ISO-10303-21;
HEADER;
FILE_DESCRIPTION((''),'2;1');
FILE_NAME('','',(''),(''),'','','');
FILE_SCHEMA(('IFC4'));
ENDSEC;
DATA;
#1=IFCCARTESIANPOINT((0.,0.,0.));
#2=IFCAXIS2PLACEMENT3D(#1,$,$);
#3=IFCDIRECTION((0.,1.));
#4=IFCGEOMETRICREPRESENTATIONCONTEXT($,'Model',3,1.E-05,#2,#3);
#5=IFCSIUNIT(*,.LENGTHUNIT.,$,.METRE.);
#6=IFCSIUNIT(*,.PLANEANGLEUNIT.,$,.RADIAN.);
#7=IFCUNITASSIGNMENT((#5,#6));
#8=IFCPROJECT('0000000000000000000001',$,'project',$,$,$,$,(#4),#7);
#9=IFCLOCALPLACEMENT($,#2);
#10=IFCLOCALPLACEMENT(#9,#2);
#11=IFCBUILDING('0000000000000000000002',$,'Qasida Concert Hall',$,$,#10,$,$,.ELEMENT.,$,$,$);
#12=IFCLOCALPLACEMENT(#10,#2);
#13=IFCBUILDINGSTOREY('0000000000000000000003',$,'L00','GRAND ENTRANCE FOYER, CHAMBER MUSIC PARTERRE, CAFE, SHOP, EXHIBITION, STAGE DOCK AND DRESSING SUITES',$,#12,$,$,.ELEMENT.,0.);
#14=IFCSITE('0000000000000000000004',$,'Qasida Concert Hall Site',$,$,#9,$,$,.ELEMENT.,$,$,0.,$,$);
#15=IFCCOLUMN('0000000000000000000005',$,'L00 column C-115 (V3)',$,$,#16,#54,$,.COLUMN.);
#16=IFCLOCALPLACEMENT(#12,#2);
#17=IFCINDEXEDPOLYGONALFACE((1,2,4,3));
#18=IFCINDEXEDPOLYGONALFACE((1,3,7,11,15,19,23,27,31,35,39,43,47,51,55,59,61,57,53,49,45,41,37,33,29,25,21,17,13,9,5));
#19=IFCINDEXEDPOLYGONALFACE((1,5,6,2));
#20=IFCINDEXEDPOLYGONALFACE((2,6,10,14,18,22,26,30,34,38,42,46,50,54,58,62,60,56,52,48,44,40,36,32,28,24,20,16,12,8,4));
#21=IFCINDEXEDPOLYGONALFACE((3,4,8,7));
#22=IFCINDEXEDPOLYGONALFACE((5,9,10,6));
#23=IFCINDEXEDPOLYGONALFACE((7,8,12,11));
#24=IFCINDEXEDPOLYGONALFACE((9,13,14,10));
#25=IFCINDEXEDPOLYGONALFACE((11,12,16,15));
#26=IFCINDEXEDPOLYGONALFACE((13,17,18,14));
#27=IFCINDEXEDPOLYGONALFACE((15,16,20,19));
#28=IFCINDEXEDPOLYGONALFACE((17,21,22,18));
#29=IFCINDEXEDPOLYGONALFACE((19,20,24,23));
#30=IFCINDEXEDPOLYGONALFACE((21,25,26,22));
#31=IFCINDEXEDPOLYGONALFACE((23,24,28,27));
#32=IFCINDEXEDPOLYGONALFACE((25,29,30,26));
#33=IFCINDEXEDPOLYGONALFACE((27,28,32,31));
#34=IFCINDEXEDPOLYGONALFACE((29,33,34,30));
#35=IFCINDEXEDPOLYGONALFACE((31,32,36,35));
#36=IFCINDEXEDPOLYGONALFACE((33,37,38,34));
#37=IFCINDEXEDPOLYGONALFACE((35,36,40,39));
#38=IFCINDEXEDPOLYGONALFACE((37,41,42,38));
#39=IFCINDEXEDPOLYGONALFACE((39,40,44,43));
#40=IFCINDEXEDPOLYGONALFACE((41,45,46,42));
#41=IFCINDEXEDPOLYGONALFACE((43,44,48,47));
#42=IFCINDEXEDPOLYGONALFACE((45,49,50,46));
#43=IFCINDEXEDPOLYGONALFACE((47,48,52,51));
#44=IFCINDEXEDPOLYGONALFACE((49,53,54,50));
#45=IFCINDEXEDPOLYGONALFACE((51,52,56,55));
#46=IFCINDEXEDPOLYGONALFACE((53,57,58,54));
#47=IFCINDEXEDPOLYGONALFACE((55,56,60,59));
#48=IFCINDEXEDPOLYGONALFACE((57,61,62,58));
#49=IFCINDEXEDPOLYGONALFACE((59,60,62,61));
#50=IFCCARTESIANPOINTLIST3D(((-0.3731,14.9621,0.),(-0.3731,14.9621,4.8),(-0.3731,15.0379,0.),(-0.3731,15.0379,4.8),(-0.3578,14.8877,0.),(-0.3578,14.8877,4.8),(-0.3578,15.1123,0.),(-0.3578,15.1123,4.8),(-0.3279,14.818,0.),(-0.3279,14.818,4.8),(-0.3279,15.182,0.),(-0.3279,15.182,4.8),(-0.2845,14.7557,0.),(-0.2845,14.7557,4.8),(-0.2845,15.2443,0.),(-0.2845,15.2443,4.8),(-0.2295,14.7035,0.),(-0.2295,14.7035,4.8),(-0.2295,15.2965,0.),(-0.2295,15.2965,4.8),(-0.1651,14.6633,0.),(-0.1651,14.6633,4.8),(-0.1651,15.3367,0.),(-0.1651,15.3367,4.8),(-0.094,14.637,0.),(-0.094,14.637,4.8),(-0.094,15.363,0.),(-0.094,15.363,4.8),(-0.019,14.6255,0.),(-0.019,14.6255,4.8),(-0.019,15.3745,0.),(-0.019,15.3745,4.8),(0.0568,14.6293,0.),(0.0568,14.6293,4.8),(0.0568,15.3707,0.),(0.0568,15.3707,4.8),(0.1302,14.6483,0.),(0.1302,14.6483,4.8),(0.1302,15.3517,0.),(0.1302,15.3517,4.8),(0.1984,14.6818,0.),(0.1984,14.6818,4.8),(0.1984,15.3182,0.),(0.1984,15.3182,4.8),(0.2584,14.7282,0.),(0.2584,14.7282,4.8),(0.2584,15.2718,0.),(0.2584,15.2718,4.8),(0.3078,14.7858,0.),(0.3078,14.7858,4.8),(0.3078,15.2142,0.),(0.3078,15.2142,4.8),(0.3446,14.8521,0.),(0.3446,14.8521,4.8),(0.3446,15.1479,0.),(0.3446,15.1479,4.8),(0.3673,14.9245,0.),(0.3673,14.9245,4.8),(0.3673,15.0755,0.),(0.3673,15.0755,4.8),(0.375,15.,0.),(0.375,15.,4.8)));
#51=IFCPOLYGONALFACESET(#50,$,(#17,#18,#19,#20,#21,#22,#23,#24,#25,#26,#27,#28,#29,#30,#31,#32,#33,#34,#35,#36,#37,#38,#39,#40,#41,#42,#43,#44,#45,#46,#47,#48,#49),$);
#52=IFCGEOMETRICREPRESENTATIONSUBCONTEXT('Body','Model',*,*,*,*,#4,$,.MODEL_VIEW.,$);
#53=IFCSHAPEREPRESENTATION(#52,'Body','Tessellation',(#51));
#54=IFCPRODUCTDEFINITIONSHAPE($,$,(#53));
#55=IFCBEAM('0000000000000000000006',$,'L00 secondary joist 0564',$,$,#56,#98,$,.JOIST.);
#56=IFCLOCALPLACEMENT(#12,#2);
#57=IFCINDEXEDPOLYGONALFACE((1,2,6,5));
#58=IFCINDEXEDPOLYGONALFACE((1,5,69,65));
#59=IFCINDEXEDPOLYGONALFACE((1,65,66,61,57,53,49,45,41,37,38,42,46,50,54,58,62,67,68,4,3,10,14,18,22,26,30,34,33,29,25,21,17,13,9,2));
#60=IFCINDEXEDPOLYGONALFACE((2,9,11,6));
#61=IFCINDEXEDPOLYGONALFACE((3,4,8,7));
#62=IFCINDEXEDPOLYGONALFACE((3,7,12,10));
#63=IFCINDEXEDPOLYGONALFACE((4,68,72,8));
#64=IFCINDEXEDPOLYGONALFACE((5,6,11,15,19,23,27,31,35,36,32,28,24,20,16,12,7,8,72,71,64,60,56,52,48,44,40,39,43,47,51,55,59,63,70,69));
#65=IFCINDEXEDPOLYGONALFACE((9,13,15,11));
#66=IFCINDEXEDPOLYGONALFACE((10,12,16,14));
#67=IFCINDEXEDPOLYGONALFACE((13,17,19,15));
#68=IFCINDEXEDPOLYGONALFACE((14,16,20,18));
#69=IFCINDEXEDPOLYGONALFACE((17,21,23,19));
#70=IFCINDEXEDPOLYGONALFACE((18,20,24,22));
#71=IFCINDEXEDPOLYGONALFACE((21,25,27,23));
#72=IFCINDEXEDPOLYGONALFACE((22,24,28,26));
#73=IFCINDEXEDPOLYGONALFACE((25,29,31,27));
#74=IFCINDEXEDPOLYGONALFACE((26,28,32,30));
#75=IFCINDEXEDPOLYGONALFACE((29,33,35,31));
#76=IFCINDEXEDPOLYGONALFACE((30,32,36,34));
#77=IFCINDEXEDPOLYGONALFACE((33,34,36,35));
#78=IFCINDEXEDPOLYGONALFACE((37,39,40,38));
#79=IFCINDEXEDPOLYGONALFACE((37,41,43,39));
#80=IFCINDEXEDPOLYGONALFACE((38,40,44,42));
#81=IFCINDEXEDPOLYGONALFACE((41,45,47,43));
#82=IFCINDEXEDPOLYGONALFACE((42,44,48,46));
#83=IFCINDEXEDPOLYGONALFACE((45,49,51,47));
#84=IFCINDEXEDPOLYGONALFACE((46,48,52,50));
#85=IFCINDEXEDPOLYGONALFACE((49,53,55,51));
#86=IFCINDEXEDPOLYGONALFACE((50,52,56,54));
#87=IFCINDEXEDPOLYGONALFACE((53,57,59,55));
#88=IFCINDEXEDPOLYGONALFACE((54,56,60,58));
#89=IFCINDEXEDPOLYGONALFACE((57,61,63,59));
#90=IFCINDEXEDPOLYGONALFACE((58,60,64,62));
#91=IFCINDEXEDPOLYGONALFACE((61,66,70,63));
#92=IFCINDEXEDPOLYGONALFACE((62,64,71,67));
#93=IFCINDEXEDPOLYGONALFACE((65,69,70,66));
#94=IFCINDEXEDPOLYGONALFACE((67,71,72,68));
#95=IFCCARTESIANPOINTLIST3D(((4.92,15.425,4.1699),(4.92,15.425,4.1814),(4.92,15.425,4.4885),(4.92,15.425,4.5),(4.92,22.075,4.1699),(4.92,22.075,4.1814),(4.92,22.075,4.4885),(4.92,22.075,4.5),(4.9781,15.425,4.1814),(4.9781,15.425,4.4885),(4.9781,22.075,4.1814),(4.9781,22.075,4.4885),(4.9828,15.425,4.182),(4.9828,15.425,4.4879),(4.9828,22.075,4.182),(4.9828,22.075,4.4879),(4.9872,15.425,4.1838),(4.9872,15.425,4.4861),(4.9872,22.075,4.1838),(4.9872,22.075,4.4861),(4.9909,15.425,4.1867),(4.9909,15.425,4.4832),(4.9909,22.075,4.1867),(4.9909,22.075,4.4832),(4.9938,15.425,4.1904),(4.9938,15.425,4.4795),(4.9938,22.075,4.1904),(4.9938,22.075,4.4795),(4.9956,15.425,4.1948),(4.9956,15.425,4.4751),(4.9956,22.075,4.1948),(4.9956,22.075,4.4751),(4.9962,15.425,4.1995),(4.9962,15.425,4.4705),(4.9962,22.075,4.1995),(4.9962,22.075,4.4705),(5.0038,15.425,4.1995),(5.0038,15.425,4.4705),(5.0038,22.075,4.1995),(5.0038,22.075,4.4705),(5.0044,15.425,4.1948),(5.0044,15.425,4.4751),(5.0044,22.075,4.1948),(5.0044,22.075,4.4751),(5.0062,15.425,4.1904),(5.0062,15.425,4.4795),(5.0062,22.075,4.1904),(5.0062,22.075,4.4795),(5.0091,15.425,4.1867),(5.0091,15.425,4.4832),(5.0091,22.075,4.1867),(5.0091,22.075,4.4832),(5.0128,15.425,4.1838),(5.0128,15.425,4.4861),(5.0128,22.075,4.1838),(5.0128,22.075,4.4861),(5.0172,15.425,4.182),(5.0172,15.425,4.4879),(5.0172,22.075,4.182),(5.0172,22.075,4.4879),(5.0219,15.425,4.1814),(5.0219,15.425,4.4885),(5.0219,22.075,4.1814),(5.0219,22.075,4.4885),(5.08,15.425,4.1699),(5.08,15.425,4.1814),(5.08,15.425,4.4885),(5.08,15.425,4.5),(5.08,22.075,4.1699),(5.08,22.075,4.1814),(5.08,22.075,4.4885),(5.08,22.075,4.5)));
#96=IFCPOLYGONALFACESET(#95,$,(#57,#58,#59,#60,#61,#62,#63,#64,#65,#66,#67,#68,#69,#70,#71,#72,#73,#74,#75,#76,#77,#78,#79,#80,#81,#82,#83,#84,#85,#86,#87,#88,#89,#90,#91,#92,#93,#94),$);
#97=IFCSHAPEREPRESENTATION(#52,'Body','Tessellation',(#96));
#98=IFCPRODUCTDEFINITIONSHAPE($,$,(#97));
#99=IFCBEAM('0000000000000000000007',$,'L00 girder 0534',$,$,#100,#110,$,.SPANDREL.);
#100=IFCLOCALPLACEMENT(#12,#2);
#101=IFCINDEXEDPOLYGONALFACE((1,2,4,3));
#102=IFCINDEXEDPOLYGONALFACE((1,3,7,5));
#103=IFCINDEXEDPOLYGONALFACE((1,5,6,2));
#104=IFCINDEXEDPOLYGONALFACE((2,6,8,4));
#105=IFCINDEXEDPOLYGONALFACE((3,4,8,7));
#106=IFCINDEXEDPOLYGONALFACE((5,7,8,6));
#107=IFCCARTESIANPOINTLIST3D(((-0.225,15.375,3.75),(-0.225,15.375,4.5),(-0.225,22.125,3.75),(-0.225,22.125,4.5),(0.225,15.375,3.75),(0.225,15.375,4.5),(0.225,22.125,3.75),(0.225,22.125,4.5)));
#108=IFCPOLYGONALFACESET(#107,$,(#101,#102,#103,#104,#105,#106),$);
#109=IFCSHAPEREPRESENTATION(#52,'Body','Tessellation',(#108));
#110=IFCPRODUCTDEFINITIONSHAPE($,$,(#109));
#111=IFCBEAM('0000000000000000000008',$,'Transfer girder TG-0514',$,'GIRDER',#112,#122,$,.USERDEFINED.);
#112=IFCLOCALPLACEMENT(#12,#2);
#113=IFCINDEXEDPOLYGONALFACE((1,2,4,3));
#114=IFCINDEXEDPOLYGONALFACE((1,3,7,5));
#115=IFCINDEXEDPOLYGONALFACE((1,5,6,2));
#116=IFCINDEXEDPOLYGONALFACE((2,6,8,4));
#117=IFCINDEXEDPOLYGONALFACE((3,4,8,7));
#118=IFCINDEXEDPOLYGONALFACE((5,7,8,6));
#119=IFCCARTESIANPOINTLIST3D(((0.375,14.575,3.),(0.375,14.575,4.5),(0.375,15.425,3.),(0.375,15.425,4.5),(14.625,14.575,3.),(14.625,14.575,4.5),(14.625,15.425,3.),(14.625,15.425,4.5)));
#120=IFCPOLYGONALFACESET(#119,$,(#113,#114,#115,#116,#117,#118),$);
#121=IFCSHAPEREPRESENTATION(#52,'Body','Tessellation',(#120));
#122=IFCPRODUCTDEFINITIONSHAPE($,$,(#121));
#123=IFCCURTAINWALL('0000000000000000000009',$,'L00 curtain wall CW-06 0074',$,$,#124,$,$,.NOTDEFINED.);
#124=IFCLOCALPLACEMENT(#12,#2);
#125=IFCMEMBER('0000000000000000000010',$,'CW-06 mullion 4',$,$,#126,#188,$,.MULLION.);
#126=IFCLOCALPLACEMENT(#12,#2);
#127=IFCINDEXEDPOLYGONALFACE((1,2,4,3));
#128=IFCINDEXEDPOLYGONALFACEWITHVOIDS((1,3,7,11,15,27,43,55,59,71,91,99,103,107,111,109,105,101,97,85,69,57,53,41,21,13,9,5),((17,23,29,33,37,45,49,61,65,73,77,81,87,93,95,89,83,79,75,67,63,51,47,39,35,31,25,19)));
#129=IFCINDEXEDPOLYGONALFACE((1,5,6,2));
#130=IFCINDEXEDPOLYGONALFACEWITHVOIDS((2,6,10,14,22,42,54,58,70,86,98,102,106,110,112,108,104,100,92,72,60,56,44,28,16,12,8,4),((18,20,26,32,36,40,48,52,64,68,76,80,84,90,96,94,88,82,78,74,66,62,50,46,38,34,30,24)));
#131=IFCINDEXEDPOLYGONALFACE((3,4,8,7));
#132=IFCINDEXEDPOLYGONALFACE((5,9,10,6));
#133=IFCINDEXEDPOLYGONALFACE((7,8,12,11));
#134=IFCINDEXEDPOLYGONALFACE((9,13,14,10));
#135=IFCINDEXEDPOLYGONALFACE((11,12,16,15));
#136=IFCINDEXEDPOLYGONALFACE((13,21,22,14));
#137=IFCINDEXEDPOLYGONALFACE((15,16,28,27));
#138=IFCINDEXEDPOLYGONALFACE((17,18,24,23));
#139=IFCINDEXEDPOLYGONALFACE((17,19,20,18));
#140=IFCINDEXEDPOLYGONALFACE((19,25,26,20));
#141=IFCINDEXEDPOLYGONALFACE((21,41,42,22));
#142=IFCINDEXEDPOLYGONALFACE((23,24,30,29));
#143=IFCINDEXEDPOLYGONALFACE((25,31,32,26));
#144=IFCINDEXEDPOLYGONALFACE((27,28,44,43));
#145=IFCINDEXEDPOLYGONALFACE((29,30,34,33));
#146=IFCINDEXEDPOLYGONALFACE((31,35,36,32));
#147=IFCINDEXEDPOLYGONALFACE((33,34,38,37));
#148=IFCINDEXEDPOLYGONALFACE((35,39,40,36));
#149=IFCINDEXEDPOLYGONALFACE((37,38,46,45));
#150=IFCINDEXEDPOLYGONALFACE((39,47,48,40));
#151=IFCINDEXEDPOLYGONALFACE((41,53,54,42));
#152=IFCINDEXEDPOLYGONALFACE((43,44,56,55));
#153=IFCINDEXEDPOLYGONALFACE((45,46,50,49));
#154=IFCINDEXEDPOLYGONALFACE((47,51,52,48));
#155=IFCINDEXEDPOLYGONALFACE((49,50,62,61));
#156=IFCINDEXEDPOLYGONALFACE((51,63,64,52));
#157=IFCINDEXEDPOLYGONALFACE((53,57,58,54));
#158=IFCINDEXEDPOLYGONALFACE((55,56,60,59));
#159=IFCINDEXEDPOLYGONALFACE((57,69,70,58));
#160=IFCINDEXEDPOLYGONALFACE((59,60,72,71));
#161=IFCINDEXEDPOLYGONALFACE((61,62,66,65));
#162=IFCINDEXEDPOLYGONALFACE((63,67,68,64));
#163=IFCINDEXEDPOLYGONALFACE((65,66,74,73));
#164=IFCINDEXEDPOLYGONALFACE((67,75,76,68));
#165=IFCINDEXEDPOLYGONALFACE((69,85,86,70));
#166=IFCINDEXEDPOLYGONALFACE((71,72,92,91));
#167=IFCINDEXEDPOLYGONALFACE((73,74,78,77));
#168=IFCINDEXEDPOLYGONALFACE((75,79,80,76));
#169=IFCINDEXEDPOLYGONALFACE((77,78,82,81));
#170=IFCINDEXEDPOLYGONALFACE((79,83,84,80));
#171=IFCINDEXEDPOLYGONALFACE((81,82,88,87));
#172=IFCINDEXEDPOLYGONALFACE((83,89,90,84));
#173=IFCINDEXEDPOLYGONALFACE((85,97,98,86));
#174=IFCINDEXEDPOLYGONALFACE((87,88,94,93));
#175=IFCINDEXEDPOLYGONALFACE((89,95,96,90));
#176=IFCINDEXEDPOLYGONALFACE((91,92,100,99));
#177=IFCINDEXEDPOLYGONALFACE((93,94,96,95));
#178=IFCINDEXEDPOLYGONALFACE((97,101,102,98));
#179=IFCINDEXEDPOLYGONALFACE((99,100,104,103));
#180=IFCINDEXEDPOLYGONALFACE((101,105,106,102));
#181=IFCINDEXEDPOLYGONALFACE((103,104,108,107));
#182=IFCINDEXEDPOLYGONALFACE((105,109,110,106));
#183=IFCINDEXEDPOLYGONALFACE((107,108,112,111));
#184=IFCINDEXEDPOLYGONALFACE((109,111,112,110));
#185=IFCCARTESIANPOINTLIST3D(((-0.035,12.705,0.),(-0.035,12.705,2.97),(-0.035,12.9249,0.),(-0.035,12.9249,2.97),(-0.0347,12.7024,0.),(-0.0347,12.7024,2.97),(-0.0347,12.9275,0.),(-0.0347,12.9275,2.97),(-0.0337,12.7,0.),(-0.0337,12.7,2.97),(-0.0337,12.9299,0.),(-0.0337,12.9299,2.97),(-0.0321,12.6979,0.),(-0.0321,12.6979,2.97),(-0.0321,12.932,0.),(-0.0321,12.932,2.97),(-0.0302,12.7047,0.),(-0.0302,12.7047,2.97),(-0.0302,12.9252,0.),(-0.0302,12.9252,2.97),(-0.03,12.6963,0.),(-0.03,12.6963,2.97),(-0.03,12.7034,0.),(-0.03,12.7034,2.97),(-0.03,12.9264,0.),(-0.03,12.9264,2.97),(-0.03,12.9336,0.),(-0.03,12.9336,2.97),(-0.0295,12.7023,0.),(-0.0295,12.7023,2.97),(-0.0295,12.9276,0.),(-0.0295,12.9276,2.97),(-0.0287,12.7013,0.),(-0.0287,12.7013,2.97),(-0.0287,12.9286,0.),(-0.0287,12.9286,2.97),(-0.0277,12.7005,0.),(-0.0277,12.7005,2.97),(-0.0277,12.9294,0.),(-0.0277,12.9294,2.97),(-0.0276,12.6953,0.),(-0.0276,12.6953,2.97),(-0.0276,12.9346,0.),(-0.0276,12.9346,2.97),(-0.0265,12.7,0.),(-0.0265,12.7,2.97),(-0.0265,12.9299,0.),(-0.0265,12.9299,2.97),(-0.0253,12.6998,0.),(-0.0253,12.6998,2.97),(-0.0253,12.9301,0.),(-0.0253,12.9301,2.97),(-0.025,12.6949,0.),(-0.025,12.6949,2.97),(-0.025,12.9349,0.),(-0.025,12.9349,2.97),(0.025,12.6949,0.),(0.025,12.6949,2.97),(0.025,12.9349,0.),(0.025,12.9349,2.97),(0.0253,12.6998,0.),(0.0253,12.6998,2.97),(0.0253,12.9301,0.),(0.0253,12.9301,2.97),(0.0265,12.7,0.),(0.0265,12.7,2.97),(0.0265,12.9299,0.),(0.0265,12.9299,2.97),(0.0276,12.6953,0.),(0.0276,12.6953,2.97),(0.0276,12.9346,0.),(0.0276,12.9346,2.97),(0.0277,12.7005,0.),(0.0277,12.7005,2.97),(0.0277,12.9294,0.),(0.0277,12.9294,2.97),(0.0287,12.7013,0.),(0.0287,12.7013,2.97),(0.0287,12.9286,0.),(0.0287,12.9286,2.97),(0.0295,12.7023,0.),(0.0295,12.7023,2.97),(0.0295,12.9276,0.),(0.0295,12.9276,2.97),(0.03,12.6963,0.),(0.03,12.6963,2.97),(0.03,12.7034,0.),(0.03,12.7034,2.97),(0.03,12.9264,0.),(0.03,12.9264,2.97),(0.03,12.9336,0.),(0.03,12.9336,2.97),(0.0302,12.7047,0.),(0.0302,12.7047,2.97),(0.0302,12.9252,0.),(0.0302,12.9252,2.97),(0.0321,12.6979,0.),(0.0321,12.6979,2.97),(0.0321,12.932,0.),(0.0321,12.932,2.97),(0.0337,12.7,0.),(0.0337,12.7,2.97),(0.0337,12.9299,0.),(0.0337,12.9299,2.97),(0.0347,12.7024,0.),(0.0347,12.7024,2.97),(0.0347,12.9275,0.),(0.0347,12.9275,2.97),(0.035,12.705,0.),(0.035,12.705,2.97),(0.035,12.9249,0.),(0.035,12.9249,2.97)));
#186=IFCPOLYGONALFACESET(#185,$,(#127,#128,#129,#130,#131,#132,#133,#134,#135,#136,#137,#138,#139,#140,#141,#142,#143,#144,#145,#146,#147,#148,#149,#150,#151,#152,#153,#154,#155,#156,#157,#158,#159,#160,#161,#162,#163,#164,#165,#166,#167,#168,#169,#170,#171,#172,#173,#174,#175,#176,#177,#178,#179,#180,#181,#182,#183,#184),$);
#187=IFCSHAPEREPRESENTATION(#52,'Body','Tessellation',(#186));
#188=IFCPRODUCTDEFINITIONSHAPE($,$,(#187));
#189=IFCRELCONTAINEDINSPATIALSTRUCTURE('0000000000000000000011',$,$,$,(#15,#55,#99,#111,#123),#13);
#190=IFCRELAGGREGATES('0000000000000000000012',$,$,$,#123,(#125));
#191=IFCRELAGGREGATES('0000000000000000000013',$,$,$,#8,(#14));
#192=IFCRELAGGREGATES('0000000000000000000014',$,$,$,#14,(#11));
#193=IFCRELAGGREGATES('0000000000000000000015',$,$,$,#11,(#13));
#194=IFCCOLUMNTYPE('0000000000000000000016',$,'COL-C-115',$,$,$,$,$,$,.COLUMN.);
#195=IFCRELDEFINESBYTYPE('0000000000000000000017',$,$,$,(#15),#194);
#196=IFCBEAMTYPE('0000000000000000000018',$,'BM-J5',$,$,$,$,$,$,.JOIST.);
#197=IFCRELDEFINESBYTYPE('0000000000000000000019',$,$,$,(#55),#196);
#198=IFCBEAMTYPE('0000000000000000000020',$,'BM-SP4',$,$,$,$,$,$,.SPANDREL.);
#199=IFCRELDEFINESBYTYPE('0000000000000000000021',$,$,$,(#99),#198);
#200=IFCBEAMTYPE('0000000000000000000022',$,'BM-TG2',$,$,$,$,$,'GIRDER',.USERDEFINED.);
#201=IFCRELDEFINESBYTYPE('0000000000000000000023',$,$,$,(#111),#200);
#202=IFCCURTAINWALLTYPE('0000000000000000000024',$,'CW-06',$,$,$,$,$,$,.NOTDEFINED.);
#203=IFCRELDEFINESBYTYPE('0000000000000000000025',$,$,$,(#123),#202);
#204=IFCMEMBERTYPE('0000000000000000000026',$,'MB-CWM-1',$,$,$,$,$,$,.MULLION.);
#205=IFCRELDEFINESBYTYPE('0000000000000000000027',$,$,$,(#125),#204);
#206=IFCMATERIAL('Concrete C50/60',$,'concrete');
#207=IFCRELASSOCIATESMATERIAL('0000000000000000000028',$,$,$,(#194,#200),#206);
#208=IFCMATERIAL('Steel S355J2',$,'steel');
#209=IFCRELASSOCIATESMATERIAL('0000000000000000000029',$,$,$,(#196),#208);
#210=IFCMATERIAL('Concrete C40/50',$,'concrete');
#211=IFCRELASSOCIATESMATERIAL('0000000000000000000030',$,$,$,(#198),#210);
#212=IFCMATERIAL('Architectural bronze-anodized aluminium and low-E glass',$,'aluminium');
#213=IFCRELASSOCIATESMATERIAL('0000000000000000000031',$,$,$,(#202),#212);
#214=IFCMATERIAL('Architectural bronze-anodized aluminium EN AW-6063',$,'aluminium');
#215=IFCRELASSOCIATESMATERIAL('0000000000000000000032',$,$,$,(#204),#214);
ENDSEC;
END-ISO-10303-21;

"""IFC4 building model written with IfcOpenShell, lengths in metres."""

from ifc_helpers import new_model, si_unit, direction, frame, origin, origin_2d, place, context, subcontext, project, spatial, rectangle, hollow_rectangle, circle, i_section, extrude, material, material_profile, profile_set, type_object, element, aggregate, save


model = new_model("IFC4")

# Units and contexts
model_context = context("Model", 3, precision=1e-05, world=origin(), true_north=direction((0.0, 1.0)))
body_context = subcontext(model_context, "Body", "Model", "MODEL_VIEW")
ifc_project = project(units=[si_unit("LENGTHUNIT", "METRE"), si_unit("PLANEANGLEUNIT", "RADIAN")], contexts=[model_context])

# Site, building, storey
site_placement = place(None, origin())
site = spatial("IfcSite", under=ifc_project, at=site_placement, Name="Qasida Concert Hall Site", CompositionType="ELEMENT", RefElevation=0.0)
building_placement = place(site_placement, origin())
building = spatial("IfcBuilding", under=site, at=building_placement, Name="Qasida Concert Hall", CompositionType="ELEMENT")
storey_placement = place(building_placement, origin())
storey = spatial("IfcBuildingStorey", under=building, at=storey_placement, Name="L00", Description="GRAND ENTRANCE FOYER, CHAMBER MUSIC PARTERRE, CAFE, SHOP, EXHIBITION, STAGE DOCK AND DRESSING SUITES", CompositionType="ELEMENT", Elevation=0.0)

# Column
ifc_material_1 = material(Name="Concrete C50/60", Category="concrete")
ifc_material_profile_1 = material_profile(ifc_material_1, circle(Radius=0.375, at=origin_2d()), Name="RC COL D750")
ifc_profile_set_1 = profile_set([ifc_material_profile_1], Name="Concrete C50/60")
column_type = type_object("IfcColumnType", Name="COL-C-115", PredefinedType="COLUMN", material=ifc_profile_set_1)
column_placement = place(storey_placement, frame((0.0, 15.0, 0.0), z_axis=(0.0, 0.0, 1.0), x_axis=(1.0, 0.0, 0.0)))
element("IfcColumn", 1, at=column_placement, inside=storey, type_object=column_type, Name="L00 column C-115 (V3)", PredefinedType="COLUMN", context=body_context, shape_type="SweptSolid", body=[
    extrude(circle(Radius=0.375, at=origin_2d()), origin(), (0.0, 0.0, 1.0), 4.8),
])

# Beams
ifc_material_2 = material(Name="Steel S355J2", Category="steel")
ifc_material_profile_2 = material_profile(ifc_material_2, i_section(OverallWidth=0.1599, OverallDepth=0.3301, WebThickness=0.0076, FlangeThickness=0.0115, FilletRadius=0.0181, at=origin_2d()), Name="IPE 330")
ifc_profile_set_2 = profile_set([ifc_material_profile_2], Name="Steel S355J2")
beam_type_1 = type_object("IfcBeamType", Name="BM-J5", PredefinedType="JOIST", material=ifc_profile_set_2)
beam_1_placement = place(storey_placement, frame((5.0, 15.425, 4.335), z_axis=(0.0, 1.0, 0.0), x_axis=(-1.0, 0.0, 0.0)))
element("IfcBeam", 2, at=beam_1_placement, inside=storey, type_object=beam_type_1, Name="L00 secondary joist 0564", PredefinedType="JOIST", context=body_context, shape_type="SweptSolid", body=[
    extrude(i_section(OverallWidth=0.1599, OverallDepth=0.3301, WebThickness=0.0076, FlangeThickness=0.0115, FilletRadius=0.0181, at=origin_2d()), origin(), (0.0, 0.0, 1.0), 6.6499),
])
ifc_material_3 = material(Name="Concrete C40/50", Category="concrete")
ifc_material_profile_3 = material_profile(ifc_material_3, rectangle(XDim=0.45, YDim=0.75, at=origin_2d()), Name="RC 450x750")
ifc_profile_set_3 = profile_set([ifc_material_profile_3], Name="Concrete C40/50")
beam_type_2 = type_object("IfcBeamType", Name="BM-SP4", PredefinedType="SPANDREL", material=ifc_profile_set_3)
beam_2_placement = place(storey_placement, frame((0.0, 15.375, 4.125), z_axis=(0.0, 1.0, 0.0), x_axis=(-1.0, 0.0, 0.0)))
element("IfcBeam", 3, at=beam_2_placement, inside=storey, type_object=beam_type_2, Name="L00 girder 0534", PredefinedType="SPANDREL", context=body_context, shape_type="SweptSolid", body=[
    extrude(rectangle(XDim=0.45, YDim=0.75, at=origin_2d()), origin(), (0.0, 0.0, 1.0), 6.75),
])
ifc_material_profile_4 = material_profile(ifc_material_1, rectangle(XDim=0.8501, YDim=1.5, at=origin_2d()), Name="RC 850x1500")
ifc_profile_set_4 = profile_set([ifc_material_profile_4], Name="Concrete C50/60")
beam_type_3 = type_object("IfcBeamType", Name="BM-TG2", ElementType="GIRDER", PredefinedType="USERDEFINED", material=ifc_profile_set_4)
beam_3_placement = place(storey_placement, frame((0.375, 15.0, 3.75), z_axis=(1.0, 0.0, 0.0), x_axis=(0.0, 1.0, 0.0)))
element("IfcBeam", 4, at=beam_3_placement, inside=storey, type_object=beam_type_3, Name="Transfer girder TG-0514", ObjectType="GIRDER", PredefinedType="USERDEFINED", context=body_context, shape_type="SweptSolid", body=[
    extrude(rectangle(XDim=0.8501, YDim=1.5, at=origin_2d()), origin(), (0.0, 0.0, 1.0), 14.25),
])

# Curtain wall, member
ifc_material_4 = material(Name="Architectural bronze-anodized aluminium and low-E glass", Category="aluminium")
curtain_wall_type = type_object("IfcCurtainWallType", Name="CW-06", PredefinedType="NOTDEFINED", material=ifc_material_4)
curtain_wall_placement = place(storey_placement, origin())
curtain_wall = element("IfcCurtainWall", 5, at=curtain_wall_placement, inside=storey, type_object=curtain_wall_type, Name="L00 curtain wall CW-06 0074", PredefinedType="NOTDEFINED")
ifc_material_5 = material(Name="Architectural bronze-anodized aluminium EN AW-6063", Category="aluminium")
ifc_material_profile_5 = material_profile(ifc_material_5, hollow_rectangle(XDim=0.0701, YDim=0.24, WallThickness=0.0049, InnerFilletRadius=0.0049, OuterFilletRadius=0.01, at=origin_2d()), Name="CWM 240x70x5")
ifc_profile_set_5 = profile_set([ifc_material_profile_5], Name="Architectural bronze-anodized aluminium EN AW-6063")
member_type_1 = type_object("IfcMemberType", Name="MB-CWM-1", PredefinedType="MULLION", material=ifc_profile_set_5)
member_1_placement = place(storey_placement, frame((0.0, 12.8149, 0.0), z_axis=(0.0, 0.0, 1.0), x_axis=(-1.0, 0.0, 0.0)))
member_1 = element("IfcMember", 6, at=member_1_placement, type_object=member_type_1, Name="CW-06 mullion 4", PredefinedType="MULLION", context=body_context, shape_type="SweptSolid", body=[
    extrude(hollow_rectangle(XDim=0.0701, YDim=0.24, WallThickness=0.0049, InnerFilletRadius=0.0049, OuterFilletRadius=0.01, at=origin_2d()), origin(), (0.0, 0.0, 1.0), 2.97),
])
aggregate(curtain_wall, [member_1])

save(model, "model.ifc")
